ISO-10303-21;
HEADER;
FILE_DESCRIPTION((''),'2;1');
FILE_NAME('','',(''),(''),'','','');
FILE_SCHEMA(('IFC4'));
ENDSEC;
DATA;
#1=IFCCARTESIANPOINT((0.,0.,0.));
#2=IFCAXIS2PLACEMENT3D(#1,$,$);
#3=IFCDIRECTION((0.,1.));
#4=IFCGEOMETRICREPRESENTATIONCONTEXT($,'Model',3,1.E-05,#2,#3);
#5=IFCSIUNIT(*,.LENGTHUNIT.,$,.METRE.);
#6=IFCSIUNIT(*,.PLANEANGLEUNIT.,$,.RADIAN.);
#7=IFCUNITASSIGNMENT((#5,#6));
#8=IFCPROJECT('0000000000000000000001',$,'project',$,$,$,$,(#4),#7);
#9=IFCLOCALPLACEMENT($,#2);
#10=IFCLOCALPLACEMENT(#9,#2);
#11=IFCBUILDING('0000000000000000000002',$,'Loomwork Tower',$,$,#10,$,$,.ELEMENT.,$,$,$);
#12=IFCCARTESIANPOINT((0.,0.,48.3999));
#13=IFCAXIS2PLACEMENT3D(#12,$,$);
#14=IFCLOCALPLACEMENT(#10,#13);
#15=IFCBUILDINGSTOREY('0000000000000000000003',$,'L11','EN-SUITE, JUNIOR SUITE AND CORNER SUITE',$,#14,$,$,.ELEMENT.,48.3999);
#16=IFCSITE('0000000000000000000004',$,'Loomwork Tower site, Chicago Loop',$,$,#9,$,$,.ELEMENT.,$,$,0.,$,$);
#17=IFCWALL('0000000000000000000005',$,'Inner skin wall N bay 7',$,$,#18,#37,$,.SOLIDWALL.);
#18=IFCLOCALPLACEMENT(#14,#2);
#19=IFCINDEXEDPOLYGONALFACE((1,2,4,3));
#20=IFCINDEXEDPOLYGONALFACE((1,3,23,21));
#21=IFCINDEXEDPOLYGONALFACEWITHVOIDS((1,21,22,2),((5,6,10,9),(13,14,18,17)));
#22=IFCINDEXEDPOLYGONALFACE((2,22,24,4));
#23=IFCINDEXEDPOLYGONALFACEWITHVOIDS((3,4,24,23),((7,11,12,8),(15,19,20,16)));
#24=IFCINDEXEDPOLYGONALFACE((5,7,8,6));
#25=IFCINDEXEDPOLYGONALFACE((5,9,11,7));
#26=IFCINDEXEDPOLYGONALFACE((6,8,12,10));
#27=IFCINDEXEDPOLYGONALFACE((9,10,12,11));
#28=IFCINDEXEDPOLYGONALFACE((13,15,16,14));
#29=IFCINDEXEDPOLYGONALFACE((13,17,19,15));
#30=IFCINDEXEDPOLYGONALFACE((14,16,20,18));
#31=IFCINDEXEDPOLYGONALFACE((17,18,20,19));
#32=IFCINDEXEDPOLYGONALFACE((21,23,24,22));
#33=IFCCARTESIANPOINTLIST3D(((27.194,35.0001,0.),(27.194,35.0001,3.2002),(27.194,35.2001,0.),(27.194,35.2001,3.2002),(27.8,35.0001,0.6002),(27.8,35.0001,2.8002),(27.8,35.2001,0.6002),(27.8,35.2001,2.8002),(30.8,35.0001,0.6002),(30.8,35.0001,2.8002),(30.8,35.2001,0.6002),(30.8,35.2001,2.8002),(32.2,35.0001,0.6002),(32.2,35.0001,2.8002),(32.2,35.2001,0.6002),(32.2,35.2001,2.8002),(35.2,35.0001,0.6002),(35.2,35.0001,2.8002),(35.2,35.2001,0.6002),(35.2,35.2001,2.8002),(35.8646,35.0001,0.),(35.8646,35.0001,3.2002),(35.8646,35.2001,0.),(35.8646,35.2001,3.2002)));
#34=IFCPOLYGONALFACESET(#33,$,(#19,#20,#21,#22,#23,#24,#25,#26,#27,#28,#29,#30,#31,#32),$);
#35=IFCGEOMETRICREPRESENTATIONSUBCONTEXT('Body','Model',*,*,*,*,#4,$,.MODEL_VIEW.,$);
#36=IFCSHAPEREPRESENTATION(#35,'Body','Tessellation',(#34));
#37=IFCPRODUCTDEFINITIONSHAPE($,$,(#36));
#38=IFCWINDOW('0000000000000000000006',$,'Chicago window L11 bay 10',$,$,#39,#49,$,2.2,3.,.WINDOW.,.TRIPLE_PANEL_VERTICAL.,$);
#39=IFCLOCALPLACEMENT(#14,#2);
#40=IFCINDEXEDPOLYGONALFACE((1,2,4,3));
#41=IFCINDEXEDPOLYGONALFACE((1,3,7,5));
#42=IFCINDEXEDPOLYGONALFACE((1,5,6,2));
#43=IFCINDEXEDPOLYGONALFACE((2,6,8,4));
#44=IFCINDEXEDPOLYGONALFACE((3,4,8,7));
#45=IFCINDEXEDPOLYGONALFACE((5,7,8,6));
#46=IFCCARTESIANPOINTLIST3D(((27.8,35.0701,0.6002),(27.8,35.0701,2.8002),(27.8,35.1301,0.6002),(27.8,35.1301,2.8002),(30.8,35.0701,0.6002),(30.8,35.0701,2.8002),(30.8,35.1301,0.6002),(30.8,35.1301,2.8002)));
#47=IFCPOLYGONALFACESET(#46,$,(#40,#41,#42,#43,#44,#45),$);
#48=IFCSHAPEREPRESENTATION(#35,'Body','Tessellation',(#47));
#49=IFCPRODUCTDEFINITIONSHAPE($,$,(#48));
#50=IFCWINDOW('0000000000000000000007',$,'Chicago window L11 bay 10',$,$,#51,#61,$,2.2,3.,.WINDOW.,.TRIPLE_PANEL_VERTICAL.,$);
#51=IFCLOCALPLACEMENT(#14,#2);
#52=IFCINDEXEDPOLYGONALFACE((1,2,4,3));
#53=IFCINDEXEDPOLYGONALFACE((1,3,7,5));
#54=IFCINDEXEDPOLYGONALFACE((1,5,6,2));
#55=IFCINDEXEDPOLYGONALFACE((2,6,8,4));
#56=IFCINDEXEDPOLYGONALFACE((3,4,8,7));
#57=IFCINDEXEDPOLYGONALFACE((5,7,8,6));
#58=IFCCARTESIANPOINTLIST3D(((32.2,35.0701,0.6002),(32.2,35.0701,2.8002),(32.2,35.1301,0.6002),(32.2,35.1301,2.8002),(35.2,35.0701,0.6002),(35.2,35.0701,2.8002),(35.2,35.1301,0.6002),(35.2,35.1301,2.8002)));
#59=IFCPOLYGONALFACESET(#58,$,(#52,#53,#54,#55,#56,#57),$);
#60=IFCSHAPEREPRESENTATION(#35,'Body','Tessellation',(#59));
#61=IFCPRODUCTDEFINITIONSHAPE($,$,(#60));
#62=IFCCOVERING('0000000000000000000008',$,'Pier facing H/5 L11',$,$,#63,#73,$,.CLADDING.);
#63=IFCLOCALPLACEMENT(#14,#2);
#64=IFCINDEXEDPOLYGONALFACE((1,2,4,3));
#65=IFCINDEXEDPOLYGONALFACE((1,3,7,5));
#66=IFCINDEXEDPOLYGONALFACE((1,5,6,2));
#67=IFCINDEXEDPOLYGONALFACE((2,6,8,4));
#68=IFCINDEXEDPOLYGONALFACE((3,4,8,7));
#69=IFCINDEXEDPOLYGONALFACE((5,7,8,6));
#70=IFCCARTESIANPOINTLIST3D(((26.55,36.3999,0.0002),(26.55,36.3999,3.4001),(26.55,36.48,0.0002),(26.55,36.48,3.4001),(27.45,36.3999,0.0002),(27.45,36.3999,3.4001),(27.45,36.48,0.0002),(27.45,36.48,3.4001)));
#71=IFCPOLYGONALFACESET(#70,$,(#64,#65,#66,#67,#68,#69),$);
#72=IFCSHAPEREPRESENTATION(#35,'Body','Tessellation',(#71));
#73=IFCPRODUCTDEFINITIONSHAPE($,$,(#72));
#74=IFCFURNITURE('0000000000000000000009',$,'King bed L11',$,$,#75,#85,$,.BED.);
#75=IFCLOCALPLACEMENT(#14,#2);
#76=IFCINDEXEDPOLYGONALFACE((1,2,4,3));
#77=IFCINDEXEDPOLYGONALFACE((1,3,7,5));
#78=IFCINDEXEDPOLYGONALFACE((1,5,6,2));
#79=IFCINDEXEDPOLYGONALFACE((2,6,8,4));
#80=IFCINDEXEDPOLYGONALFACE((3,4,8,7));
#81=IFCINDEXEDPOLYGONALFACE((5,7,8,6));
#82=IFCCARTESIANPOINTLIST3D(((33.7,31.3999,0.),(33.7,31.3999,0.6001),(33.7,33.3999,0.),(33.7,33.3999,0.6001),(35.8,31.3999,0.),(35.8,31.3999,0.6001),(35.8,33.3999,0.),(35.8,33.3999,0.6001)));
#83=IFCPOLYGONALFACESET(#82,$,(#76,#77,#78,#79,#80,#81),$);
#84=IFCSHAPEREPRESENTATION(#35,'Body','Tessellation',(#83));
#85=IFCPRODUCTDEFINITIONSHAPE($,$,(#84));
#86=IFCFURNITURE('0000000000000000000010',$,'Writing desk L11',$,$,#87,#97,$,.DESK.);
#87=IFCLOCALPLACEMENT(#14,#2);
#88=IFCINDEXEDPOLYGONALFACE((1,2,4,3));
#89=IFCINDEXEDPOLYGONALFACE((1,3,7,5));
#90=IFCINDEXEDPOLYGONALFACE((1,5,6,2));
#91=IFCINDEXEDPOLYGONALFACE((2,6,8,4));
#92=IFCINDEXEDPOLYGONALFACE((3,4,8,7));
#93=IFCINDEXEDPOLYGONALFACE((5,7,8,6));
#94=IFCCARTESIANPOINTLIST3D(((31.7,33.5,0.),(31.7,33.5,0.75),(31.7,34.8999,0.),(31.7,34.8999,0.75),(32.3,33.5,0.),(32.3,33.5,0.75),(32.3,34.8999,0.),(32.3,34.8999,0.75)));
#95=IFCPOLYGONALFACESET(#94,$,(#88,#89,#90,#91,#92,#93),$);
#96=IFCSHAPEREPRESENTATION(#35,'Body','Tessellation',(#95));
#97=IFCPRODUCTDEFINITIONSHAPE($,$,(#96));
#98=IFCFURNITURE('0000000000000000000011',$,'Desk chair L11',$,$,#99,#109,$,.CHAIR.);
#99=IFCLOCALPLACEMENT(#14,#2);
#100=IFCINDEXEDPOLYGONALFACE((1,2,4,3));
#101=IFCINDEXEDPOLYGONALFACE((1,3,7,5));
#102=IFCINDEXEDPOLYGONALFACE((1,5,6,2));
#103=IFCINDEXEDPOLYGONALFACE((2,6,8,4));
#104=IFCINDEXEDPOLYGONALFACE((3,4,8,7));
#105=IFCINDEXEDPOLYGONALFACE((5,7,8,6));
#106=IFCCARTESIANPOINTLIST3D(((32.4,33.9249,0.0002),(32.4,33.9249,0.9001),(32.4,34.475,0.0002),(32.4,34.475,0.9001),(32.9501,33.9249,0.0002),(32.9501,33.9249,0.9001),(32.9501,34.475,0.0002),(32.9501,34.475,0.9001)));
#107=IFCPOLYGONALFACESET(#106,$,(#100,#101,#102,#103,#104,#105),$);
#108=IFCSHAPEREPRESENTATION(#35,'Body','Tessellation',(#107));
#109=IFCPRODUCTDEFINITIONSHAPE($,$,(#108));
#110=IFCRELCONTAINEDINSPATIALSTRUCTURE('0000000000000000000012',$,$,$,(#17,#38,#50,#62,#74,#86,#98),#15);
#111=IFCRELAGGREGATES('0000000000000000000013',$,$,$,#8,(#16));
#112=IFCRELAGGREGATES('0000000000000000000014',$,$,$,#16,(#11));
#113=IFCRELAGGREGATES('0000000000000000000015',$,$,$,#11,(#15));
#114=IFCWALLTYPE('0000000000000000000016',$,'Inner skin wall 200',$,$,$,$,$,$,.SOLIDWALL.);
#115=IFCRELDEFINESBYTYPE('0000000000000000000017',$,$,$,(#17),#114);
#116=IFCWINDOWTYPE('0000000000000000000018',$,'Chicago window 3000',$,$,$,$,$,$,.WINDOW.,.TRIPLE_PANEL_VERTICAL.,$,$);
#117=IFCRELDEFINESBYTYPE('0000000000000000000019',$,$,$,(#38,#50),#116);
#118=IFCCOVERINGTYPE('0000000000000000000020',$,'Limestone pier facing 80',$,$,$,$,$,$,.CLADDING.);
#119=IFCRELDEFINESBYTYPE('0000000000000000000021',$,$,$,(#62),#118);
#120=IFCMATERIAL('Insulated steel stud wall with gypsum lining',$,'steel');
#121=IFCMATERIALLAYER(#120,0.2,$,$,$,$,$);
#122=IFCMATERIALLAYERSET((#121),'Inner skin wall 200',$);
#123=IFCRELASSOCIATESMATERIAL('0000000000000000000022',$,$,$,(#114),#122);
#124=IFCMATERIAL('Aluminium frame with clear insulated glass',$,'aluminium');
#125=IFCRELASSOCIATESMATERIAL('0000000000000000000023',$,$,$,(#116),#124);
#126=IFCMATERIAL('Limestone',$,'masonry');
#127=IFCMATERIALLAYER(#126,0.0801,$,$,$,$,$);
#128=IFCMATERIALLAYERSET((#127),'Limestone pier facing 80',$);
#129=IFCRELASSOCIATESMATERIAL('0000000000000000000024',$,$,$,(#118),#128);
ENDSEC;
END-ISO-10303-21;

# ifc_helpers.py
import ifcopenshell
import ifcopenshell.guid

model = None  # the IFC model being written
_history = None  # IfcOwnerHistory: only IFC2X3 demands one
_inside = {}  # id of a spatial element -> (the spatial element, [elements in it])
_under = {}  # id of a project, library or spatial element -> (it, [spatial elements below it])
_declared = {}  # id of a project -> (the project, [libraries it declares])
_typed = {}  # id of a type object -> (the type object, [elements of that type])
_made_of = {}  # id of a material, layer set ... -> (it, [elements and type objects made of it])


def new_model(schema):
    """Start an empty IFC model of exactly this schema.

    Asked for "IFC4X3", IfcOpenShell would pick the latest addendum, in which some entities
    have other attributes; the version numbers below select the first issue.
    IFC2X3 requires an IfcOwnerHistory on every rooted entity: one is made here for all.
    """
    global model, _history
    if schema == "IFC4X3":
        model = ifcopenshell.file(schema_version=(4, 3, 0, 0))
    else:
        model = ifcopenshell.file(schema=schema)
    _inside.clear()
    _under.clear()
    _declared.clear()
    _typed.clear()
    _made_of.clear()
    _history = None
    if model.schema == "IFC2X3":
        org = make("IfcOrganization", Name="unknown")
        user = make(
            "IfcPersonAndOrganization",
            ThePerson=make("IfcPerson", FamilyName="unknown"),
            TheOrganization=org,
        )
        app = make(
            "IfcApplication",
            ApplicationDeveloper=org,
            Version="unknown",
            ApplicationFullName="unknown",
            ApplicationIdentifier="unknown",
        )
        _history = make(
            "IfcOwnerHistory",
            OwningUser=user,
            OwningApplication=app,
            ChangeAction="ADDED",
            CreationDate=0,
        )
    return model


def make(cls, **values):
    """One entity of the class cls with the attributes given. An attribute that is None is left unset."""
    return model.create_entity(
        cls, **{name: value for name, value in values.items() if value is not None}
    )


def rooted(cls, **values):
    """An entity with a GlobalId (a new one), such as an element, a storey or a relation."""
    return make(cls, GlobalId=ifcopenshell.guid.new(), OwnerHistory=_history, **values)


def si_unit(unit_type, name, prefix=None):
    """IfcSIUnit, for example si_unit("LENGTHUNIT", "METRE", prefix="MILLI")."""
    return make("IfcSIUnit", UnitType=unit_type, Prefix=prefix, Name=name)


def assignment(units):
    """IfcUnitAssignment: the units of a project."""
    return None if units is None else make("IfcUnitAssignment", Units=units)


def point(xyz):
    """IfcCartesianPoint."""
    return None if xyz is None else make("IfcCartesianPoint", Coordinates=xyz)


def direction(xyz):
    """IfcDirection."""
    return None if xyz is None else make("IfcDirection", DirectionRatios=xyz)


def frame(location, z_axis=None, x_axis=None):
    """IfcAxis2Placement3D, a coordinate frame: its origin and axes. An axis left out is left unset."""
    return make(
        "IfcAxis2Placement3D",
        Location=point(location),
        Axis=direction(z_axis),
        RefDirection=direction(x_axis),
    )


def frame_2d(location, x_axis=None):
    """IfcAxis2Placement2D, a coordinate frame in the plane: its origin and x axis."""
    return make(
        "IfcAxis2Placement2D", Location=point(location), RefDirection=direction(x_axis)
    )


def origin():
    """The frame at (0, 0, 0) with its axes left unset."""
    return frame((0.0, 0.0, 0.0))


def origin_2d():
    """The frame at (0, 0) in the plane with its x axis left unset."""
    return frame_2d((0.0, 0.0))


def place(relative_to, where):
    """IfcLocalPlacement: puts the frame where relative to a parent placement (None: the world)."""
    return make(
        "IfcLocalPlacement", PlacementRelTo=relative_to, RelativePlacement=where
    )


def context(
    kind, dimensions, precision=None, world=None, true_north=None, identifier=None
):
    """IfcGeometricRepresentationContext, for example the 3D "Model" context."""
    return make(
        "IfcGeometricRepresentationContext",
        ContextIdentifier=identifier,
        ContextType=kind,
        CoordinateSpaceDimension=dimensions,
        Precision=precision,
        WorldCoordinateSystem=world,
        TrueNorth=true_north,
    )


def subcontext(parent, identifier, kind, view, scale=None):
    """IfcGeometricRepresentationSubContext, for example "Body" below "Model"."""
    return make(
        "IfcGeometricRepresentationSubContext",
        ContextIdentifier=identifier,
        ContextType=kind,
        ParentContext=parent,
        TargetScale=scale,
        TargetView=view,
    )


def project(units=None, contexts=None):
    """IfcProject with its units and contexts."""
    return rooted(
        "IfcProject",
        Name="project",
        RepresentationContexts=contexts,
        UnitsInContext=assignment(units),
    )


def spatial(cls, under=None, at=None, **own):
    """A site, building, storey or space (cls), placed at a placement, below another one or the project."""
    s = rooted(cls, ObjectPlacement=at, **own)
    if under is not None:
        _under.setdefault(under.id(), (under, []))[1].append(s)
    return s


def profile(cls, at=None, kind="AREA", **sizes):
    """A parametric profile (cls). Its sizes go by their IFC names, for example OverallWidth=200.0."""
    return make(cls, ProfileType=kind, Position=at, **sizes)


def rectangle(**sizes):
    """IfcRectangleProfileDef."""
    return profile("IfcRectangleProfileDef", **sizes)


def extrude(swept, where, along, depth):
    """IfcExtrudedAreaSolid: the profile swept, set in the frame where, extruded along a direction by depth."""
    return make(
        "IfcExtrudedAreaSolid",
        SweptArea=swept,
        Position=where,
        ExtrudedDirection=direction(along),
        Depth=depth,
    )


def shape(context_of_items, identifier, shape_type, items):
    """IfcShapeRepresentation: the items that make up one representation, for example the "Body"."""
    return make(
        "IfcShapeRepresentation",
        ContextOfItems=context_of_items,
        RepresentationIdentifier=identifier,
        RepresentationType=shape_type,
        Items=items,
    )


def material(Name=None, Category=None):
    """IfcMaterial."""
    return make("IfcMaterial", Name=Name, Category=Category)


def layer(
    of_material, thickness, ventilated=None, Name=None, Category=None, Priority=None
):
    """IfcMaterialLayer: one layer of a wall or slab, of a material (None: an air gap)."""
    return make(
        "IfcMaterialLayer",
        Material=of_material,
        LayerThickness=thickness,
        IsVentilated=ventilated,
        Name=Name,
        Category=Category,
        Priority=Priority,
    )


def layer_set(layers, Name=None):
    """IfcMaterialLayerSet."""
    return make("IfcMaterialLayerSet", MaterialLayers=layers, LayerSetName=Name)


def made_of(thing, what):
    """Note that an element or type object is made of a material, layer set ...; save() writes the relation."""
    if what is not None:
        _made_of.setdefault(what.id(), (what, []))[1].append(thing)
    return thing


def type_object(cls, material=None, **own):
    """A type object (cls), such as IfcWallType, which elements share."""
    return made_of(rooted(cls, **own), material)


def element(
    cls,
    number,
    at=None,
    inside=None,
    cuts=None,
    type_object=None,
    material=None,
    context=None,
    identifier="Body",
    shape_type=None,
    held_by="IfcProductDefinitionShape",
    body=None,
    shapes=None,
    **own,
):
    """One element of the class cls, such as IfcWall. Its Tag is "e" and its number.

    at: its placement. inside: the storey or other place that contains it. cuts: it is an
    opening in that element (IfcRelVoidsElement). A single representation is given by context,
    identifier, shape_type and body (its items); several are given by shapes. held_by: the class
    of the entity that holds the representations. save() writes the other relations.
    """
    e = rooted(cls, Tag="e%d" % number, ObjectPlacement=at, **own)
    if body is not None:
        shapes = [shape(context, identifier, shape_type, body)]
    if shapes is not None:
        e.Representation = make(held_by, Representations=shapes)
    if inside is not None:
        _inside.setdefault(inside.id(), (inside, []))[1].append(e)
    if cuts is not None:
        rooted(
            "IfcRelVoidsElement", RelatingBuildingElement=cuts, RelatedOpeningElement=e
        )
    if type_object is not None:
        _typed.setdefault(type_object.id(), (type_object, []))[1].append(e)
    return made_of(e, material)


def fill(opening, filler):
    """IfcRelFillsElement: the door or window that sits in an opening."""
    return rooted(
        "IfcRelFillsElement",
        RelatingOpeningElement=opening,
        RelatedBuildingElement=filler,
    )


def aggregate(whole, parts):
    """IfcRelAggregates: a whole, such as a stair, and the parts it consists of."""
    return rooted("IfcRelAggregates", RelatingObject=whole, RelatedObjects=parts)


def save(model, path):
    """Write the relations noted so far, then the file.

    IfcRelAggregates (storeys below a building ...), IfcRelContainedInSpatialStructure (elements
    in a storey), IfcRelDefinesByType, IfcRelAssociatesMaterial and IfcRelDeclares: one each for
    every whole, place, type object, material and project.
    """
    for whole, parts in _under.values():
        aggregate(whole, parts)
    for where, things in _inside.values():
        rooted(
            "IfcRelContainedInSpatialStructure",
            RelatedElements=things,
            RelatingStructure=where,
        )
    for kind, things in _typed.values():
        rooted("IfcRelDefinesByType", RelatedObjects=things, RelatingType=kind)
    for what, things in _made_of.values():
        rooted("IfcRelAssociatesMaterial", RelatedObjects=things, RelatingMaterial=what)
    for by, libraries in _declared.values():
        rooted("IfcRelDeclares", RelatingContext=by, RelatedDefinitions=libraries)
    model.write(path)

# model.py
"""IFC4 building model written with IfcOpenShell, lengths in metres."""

from ifc_helpers import new_model, si_unit, direction, frame, frame_2d, origin, origin_2d, place, context, subcontext, project, spatial, rectangle, extrude, material, layer, layer_set, type_object, element, fill, save


model = new_model("IFC4")

# Units and contexts
model_context = context("Model", 3, precision=1e-05, world=origin(), true_north=direction((0.0, 1.0)))
body_context = subcontext(model_context, "Body", "Model", "MODEL_VIEW")
ifc_project = project(units=[si_unit("LENGTHUNIT", "METRE"), si_unit("PLANEANGLEUNIT", "RADIAN")], contexts=[model_context])

# Site, building, storey
site_placement = place(None, origin())
site = spatial("IfcSite", under=ifc_project, at=site_placement, Name="Loomwork Tower site, Chicago Loop", CompositionType="ELEMENT", RefElevation=0.0)
building_placement = place(site_placement, origin())
building = spatial("IfcBuilding", under=site, at=building_placement, Name="Loomwork Tower", CompositionType="ELEMENT")
storey_placement = place(building_placement, frame((0.0, 0.0, 48.3999)))
storey = spatial("IfcBuildingStorey", under=building, at=storey_placement, Name="L11", Description="EN-SUITE, JUNIOR SUITE AND CORNER SUITE", CompositionType="ELEMENT", Elevation=48.3999)

# Shared definitions
ifc_material_1 = material(Name="Insulated steel stud wall with gypsum lining", Category="steel")
ifc_layer_1 = layer(ifc_material_1, 0.2)
ifc_layer_set_1 = layer_set([ifc_layer_1], Name="Inner skin wall 200")
wall_type = type_object("IfcWallType", Name="Inner skin wall 200", PredefinedType="SOLIDWALL", material=ifc_layer_set_1)

# Wall, openings, windows
wall_1_placement = place(storey_placement, frame((27.1938, 35.1001, 0.0), z_axis=(0.0, 0.0, 1.0), x_axis=(1.0, 0.0, 0.0)))
wall_1 = element("IfcWall", 1, at=wall_1_placement, inside=storey, type_object=wall_type, Name="Inner skin wall N bay 7", PredefinedType="SOLIDWALL", context=body_context, shape_type="SweptSolid", body=[
    extrude(rectangle(XDim=8.6707, YDim=0.2, at=frame_2d((4.3354, 0.0))), origin(), (0.0, 0.0, 1.0), 3.2002),
])
opening_1_placement = place(wall_1_placement, frame((0.6062, 0.0, 0.6001)))
opening_1 = element("IfcOpeningElement", 2, at=opening_1_placement, cuts=wall_1, PredefinedType="OPENING", context=body_context, shape_type="SweptSolid", body=[
    extrude(rectangle(XDim=3.0, YDim=2.2, at=frame_2d((1.5, 1.1001))), frame((0.0, 0.1099, 0.0), z_axis=(0.0, -1.0, 0.0), x_axis=(1.0, 0.0, 0.0)), (0.0, 0.0, 1.0), 0.22),
])
opening_2_placement = place(wall_1_placement, frame((5.0061, 0.0, 0.6001)))
opening_2 = element("IfcOpeningElement", 3, at=opening_2_placement, cuts=wall_1, PredefinedType="OPENING", context=body_context, shape_type="SweptSolid", body=[
    extrude(rectangle(XDim=3.0, YDim=2.2, at=frame_2d((1.5, 1.1001))), frame((0.0, 0.1099, 0.0), z_axis=(0.0, -1.0, 0.0), x_axis=(1.0, 0.0, 0.0)), (0.0, 0.0, 1.0), 0.22),
])
ifc_material_2 = material(Name="Aluminium frame with clear insulated glass", Category="aluminium")
window_type = type_object("IfcWindowType", Name="Chicago window 3000", PartitioningType="TRIPLE_PANEL_VERTICAL", PredefinedType="WINDOW", material=ifc_material_2)
window_1_placement = place(opening_1_placement, origin())
window_1 = element("IfcWindow", 4, at=window_1_placement, inside=storey, type_object=window_type, Name="Chicago window L11 bay 10", OverallHeight=2.2, OverallWidth=3.0, PartitioningType="TRIPLE_PANEL_VERTICAL", PredefinedType="WINDOW", context=body_context, shape_type="SweptSolid", body=[
    extrude(rectangle(XDim=3.0, YDim=2.2, at=frame_2d((1.5, 1.1001))), frame((0.0, 0.03, 0.0), z_axis=(0.0, -1.0, 0.0), x_axis=(1.0, 0.0, 0.0)), (0.0, 0.0, 1.0), 0.0601),
])
fill(opening_1, window_1)
window_2_placement = place(opening_2_placement, origin())
window_2 = element("IfcWindow", 5, at=window_2_placement, inside=storey, type_object=window_type, Name="Chicago window L11 bay 10", OverallHeight=2.2, OverallWidth=3.0, PartitioningType="TRIPLE_PANEL_VERTICAL", PredefinedType="WINDOW", context=body_context, shape_type="SweptSolid", body=[
    extrude(rectangle(XDim=3.0, YDim=2.2, at=frame_2d((1.5, 1.1001))), frame((0.0, 0.03, 0.0), z_axis=(0.0, -1.0, 0.0), x_axis=(1.0, 0.0, 0.0)), (0.0, 0.0, 1.0), 0.0601),
])
fill(opening_2, window_2)

# Covering
ifc_material_3 = material(Name="Limestone", Category="masonry")
ifc_layer_2 = layer(ifc_material_3, 0.0801)
ifc_layer_set_2 = layer_set([ifc_layer_2], Name="Limestone pier facing 80")
covering_type = type_object("IfcCoveringType", Name="Limestone pier facing 80", PredefinedType="CLADDING", material=ifc_layer_set_2)
covering_placement = place(storey_placement, frame((27.0, 36.4399, 0.0002), z_axis=(0.0, 0.0, 1.0), x_axis=(1.0, 0.0, 0.0)))
element("IfcCovering", 6, at=covering_placement, inside=storey, type_object=covering_type, Name="Pier facing H/5 L11", PredefinedType="CLADDING", context=body_context, shape_type="SweptSolid", body=[
    extrude(rectangle(XDim=0.8999, YDim=0.0801, at=origin_2d()), origin(), (0.0, 0.0, 1.0), 3.3999),
])

# Furniture
furniture_1_placement = place(storey_placement, frame((34.75, 32.3999, 0.0), z_axis=(0.0, 0.0, 1.0), x_axis=(1.0, 0.0, 0.0)))
element("IfcFurniture", 7, at=furniture_1_placement, inside=storey, Name="King bed L11", PredefinedType="BED", context=body_context, shape_type="SweptSolid", body=[
    extrude(rectangle(XDim=2.1001, YDim=2.0, at=origin_2d()), origin(), (0.0, 0.0, 1.0), 0.6001),
])
furniture_2_placement = place(storey_placement, frame((32.0, 34.2, 0.0), z_axis=(0.0, 0.0, 1.0), x_axis=(1.0, 0.0, 0.0)))
element("IfcFurniture", 8, at=furniture_2_placement, inside=storey, Name="Writing desk L11", PredefinedType="DESK", context=body_context, shape_type="SweptSolid", body=[
    extrude(rectangle(XDim=0.6001, YDim=1.3999, at=origin_2d()), origin(), (0.0, 0.0, 1.0), 0.75),
])
furniture_3_placement = place(storey_placement, frame((32.675, 34.2, 0.0002), z_axis=(0.0, 0.0, 1.0), x_axis=(1.0, 0.0, 0.0)))
element("IfcFurniture", 9, at=furniture_3_placement, inside=storey, Name="Desk chair L11", PredefinedType="CHAIR", context=body_context, shape_type="SweptSolid", body=[
    extrude(rectangle(XDim=0.55, YDim=0.55, at=origin_2d()), origin(), (0.0, 0.0, 1.0), 0.8999),
])

save(model, "model.ifc")
